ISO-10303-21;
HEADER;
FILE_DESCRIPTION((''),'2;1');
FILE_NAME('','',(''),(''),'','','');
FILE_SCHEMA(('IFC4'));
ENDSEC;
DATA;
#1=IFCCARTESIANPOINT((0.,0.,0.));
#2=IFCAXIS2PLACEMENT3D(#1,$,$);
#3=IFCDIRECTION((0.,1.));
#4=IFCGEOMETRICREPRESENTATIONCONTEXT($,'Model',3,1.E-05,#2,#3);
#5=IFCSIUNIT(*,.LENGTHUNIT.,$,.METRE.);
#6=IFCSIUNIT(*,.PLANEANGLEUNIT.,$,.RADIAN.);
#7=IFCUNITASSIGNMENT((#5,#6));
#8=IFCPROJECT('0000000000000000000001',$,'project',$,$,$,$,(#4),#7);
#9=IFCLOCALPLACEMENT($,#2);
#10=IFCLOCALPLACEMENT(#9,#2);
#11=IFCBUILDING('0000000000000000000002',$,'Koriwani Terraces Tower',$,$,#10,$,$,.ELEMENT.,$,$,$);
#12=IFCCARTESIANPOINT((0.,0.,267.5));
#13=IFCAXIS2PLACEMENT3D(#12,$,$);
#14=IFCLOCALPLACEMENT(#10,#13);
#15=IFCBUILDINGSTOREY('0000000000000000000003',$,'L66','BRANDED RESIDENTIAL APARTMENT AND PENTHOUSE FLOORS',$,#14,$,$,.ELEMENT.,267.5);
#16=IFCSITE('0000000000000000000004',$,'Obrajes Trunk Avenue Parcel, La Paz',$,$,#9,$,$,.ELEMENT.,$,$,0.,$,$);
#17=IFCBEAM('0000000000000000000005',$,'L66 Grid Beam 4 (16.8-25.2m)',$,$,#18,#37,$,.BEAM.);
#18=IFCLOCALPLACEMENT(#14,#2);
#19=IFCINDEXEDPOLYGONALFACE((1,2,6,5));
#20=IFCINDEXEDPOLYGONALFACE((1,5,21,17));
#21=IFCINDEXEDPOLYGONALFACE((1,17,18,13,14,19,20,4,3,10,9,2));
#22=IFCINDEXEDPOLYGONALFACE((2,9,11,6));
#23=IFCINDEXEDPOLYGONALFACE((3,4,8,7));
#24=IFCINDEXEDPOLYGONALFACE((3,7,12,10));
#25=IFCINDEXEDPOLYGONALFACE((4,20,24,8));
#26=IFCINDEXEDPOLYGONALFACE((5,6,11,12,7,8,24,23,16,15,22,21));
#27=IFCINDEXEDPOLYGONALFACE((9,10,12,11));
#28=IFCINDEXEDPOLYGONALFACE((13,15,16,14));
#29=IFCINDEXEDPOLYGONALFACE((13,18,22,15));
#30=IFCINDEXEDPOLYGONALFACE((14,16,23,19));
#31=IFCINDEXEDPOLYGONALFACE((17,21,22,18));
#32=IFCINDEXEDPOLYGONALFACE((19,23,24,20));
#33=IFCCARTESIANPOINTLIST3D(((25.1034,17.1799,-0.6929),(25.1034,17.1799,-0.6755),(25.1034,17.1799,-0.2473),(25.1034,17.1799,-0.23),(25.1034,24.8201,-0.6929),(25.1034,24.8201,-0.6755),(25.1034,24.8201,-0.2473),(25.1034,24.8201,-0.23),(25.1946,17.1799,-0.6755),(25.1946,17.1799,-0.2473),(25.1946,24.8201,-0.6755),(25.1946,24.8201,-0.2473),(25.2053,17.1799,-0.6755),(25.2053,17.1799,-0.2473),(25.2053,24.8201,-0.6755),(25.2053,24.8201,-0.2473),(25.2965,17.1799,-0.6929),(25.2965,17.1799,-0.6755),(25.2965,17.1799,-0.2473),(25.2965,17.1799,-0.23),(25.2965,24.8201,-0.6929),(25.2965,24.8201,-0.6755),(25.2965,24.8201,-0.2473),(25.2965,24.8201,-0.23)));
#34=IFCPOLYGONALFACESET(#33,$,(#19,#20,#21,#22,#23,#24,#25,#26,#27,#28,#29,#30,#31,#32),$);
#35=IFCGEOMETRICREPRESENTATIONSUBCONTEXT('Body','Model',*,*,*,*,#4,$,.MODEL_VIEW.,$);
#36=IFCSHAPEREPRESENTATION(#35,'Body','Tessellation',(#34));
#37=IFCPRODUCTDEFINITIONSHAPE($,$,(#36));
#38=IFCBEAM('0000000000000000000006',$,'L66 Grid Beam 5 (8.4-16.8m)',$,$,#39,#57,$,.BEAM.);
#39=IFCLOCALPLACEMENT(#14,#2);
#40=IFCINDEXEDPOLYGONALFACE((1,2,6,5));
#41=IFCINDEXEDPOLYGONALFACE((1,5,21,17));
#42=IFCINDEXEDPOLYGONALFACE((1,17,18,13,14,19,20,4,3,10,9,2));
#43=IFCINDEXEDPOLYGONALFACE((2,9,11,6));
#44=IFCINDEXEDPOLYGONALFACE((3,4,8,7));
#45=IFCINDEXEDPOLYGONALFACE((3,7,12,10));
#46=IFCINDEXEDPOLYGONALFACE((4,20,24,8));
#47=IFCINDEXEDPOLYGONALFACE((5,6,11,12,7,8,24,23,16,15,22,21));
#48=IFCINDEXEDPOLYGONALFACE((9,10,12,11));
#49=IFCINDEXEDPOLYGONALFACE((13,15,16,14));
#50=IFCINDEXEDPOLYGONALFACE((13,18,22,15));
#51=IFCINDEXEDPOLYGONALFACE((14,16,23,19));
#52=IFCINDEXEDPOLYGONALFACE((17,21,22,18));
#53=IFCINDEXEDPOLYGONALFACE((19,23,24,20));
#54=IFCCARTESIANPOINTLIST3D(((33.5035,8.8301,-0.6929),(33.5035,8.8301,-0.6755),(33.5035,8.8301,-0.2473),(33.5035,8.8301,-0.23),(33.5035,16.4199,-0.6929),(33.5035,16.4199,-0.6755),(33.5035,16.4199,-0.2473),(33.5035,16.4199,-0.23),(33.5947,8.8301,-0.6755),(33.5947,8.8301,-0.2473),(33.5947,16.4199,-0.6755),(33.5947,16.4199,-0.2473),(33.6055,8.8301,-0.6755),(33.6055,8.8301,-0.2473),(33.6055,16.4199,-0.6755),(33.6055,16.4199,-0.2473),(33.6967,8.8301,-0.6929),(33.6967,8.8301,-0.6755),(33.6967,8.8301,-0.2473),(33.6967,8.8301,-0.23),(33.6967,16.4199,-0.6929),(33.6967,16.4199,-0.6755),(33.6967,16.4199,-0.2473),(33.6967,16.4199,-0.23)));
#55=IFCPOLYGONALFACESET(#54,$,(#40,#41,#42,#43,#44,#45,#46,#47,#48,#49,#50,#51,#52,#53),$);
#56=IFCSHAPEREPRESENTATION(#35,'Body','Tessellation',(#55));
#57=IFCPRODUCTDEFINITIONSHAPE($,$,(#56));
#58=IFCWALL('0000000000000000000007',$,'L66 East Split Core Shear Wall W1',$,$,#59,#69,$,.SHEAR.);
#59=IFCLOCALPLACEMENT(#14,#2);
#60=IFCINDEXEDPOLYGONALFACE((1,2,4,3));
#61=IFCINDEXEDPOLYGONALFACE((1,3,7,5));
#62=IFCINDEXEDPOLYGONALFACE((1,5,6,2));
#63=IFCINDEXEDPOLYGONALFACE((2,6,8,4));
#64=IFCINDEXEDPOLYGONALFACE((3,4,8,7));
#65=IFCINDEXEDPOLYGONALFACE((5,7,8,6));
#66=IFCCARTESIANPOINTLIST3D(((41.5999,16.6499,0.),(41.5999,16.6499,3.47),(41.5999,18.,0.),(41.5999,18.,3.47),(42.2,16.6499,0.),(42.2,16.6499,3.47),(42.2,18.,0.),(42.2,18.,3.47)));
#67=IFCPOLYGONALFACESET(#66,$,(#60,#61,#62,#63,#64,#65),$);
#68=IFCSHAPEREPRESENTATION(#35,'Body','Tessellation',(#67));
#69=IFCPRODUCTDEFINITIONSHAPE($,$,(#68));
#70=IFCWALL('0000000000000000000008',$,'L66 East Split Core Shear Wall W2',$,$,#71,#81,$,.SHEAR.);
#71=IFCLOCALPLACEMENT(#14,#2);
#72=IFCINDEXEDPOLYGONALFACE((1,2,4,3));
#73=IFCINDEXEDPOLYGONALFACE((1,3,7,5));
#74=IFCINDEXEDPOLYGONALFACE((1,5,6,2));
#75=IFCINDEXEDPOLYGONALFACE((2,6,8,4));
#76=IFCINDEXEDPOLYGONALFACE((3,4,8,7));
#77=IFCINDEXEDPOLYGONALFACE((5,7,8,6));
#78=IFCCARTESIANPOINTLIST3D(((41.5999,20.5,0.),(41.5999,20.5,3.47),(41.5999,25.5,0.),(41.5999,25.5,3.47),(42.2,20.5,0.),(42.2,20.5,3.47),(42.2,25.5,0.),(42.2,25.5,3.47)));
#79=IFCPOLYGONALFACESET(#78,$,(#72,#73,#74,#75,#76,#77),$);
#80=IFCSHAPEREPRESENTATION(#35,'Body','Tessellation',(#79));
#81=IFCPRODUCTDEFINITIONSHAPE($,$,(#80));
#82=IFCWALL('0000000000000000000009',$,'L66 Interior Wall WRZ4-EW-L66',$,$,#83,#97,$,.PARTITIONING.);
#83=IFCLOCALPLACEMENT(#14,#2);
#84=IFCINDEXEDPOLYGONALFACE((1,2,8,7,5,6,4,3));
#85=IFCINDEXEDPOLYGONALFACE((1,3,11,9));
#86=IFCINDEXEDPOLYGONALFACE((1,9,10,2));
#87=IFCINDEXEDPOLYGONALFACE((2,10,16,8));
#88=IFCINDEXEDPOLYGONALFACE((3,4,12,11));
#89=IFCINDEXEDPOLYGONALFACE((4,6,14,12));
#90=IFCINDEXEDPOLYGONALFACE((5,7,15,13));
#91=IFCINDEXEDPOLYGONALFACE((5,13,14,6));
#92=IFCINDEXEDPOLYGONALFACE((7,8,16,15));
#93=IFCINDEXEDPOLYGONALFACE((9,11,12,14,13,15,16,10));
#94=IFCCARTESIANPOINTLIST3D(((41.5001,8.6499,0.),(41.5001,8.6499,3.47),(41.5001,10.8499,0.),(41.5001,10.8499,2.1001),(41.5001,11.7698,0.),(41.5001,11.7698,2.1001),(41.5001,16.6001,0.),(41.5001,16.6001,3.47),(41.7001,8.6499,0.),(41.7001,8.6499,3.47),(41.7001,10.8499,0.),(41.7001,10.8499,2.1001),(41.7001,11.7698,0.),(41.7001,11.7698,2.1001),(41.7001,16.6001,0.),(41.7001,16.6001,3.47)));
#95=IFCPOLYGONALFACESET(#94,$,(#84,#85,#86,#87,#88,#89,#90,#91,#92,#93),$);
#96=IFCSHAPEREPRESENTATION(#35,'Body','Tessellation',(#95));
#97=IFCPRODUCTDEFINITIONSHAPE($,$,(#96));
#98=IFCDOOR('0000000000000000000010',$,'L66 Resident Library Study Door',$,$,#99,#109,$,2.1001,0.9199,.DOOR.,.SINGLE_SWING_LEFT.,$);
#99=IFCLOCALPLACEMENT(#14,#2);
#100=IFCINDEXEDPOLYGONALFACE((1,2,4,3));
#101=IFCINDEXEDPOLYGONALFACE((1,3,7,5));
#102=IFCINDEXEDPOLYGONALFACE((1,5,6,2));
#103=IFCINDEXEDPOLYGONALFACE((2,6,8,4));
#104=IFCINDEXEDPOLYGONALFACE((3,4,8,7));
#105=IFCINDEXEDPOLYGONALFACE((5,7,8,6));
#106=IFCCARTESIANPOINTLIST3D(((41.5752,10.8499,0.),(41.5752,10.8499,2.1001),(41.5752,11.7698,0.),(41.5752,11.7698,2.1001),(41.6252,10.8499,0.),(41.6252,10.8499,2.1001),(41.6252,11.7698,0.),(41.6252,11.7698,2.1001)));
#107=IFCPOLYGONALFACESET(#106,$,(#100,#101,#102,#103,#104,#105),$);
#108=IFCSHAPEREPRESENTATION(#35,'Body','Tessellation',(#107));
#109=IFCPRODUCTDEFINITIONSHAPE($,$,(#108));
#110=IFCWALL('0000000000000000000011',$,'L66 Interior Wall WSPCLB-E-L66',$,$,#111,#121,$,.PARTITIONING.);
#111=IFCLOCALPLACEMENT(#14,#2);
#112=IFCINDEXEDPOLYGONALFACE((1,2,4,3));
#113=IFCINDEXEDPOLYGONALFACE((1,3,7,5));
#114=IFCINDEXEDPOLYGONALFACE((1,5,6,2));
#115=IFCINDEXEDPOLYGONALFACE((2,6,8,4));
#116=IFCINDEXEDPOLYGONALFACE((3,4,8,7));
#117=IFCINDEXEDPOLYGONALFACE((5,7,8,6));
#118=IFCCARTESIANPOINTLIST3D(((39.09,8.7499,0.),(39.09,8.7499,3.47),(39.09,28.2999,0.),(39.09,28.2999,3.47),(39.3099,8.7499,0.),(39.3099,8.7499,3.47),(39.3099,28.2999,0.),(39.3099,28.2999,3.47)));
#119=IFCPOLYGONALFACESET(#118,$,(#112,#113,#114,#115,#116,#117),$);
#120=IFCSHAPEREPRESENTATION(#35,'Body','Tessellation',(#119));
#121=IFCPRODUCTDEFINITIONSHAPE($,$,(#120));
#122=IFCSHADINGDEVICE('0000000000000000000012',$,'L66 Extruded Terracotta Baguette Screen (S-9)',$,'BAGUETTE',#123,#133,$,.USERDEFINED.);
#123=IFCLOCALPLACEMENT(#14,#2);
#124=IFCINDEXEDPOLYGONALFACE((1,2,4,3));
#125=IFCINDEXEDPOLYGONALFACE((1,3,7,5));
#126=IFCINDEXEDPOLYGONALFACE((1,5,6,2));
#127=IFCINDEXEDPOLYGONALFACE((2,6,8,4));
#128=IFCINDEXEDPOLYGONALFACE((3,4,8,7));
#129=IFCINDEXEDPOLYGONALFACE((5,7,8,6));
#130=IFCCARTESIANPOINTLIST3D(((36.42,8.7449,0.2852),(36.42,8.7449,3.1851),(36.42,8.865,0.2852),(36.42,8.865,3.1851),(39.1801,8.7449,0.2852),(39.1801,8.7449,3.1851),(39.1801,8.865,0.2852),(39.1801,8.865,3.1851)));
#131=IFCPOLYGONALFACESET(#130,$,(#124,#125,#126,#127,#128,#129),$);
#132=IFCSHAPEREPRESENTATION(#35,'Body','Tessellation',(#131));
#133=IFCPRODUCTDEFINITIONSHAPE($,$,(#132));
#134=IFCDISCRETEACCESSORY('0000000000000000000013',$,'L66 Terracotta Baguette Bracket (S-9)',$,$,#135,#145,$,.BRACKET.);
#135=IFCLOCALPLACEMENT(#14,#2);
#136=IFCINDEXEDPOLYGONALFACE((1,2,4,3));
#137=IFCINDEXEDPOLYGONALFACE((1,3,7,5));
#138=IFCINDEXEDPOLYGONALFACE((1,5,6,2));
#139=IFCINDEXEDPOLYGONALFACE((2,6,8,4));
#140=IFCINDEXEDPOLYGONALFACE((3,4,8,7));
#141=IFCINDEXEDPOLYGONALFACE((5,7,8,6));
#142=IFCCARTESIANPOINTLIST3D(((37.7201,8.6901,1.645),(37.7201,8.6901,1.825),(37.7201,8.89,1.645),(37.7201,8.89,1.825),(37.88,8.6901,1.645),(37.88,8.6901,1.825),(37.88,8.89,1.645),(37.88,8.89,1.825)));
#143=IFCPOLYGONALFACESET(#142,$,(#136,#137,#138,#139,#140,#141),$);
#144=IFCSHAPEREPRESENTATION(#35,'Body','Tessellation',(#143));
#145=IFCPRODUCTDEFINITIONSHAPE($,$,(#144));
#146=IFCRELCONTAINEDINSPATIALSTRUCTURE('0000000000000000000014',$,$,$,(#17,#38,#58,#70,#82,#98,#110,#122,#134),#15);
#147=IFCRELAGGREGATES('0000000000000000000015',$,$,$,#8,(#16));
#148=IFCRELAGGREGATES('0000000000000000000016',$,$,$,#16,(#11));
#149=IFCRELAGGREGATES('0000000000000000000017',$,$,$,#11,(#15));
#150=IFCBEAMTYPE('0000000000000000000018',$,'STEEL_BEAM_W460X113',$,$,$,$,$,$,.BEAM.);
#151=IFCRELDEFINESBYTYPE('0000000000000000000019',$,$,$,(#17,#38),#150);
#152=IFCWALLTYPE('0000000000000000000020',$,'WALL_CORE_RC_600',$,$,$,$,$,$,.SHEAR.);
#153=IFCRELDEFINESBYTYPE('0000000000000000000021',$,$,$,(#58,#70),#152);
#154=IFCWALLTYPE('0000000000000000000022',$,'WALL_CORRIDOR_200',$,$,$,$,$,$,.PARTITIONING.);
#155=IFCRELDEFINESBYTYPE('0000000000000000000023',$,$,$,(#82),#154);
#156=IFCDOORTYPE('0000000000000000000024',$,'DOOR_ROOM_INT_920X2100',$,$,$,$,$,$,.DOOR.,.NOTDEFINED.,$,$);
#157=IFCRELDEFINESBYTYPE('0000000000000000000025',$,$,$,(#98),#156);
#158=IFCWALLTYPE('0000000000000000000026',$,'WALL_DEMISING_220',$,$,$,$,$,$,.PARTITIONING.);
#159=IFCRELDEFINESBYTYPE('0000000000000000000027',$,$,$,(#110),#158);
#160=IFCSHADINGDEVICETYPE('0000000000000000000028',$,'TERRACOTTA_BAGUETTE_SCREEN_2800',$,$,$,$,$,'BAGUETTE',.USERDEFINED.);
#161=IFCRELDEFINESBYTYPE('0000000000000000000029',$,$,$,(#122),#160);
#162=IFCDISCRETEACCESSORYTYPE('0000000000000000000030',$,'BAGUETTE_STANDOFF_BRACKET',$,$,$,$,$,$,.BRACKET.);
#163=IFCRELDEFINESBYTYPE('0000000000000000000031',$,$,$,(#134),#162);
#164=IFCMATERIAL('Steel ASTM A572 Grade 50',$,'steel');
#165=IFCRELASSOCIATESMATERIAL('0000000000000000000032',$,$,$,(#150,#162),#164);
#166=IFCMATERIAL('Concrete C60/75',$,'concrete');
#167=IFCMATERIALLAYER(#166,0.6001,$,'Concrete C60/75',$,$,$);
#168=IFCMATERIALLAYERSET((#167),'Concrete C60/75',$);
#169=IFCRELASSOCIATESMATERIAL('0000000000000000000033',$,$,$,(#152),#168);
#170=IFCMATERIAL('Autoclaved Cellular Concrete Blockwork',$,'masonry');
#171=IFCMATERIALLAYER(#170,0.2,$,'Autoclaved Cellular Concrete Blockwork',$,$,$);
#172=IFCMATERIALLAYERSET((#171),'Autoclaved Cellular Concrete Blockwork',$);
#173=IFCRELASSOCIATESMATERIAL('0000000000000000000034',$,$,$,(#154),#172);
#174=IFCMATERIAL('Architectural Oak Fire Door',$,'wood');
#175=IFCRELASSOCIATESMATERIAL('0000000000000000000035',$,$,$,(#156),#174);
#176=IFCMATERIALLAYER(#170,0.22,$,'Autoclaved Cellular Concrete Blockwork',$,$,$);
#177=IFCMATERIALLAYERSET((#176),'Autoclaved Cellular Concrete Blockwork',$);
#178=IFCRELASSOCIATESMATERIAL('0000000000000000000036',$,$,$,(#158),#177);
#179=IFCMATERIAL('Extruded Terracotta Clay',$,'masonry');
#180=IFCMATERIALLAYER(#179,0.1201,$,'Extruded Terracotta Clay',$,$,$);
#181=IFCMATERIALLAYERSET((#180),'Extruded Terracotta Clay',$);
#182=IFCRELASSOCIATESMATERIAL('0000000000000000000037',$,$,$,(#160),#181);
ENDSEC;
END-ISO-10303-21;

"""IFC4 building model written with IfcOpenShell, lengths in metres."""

from ifc_helpers import new_model, si_unit, direction, frame, frame_2d, origin, origin_2d, place, context, subcontext, project, spatial, rectangle, i_section, extrude, material, layer, layer_set, material_profile, profile_set, type_object, element, fill, save


model = new_model("IFC4")

# Units and contexts
model_context = context("Model", 3, precision=1e-05, world=origin(), true_north=direction((0.0, 1.0)))
body_context = subcontext(model_context, "Body", "Model", "MODEL_VIEW")
ifc_project = project(units=[si_unit("LENGTHUNIT", "METRE"), si_unit("PLANEANGLEUNIT", "RADIAN")], contexts=[model_context])

# Site, building, storey
site_placement = place(None, origin())
site = spatial("IfcSite", under=ifc_project, at=site_placement, Name="Obrajes Trunk Avenue Parcel, La Paz", CompositionType="ELEMENT", RefElevation=0.0)
building_placement = place(site_placement, origin())
building = spatial("IfcBuilding", under=site, at=building_placement, Name="Koriwani Terraces Tower", CompositionType="ELEMENT")
storey_placement = place(building_placement, frame((0.0, 0.0, 267.5)))
storey = spatial("IfcBuildingStorey", under=building, at=storey_placement, Name="L66", Description="BRANDED RESIDENTIAL APARTMENT AND PENTHOUSE FLOORS", CompositionType="ELEMENT", Elevation=267.5)

# Beams
ifc_material_1 = material(Name="Steel ASTM A572 Grade 50", Category="steel")
ifc_material_profile_1 = material_profile(ifc_material_1, i_section(OverallWidth=0.1931, OverallDepth=0.4629, WebThickness=0.0107, FlangeThickness=0.0173, at=origin_2d()), Name="Steel ASTM A572 Grade 50", Category="LoadBearing")
ifc_profile_set_1 = profile_set([ifc_material_profile_1], Name="Steel ASTM A572 Grade 50")
beam_type_1 = type_object("IfcBeamType", Name="STEEL_BEAM_W460X113", PredefinedType="BEAM", material=ifc_profile_set_1)
beam_1_placement = place(storey_placement, frame((25.2, 17.1799, -0.4614), z_axis=(0.0, 1.0, 0.0), x_axis=(-1.0, 0.0, 0.0)))
element("IfcBeam", 1, at=beam_1_placement, inside=storey, type_object=beam_type_1, Name="L66 Grid Beam 4 (16.8-25.2m)", PredefinedType="BEAM", context=body_context, shape_type="SweptSolid", body=[
    extrude(i_section(OverallWidth=0.1931, OverallDepth=0.4629, WebThickness=0.0107, FlangeThickness=0.0173, at=origin_2d()), origin(), (0.0, 0.0, 1.0), 7.6401),
])
beam_2_placement = place(storey_placement, frame((33.6001, 8.8301, -0.4614), z_axis=(0.0, 1.0, 0.0), x_axis=(-1.0, 0.0, 0.0)))
element("IfcBeam", 2, at=beam_2_placement, inside=storey, type_object=beam_type_1, Name="L66 Grid Beam 5 (8.4-16.8m)", PredefinedType="BEAM", context=body_context, shape_type="SweptSolid", body=[
    extrude(i_section(OverallWidth=0.1931, OverallDepth=0.4629, WebThickness=0.0107, FlangeThickness=0.0173, at=origin_2d()), origin(), (0.0, 0.0, 1.0), 7.5898),
])

# Walls
ifc_material_2 = material(Name="Concrete C60/75", Category="concrete")
ifc_layer_1 = layer(ifc_material_2, 0.6001, Name="Concrete C60/75")
ifc_layer_set_1 = layer_set([ifc_layer_1], Name="Concrete C60/75")
wall_type_1 = type_object("IfcWallType", Name="WALL_CORE_RC_600", PredefinedType="SHEAR", material=ifc_layer_set_1)
wall_1_placement = place(storey_placement, frame((41.8999, 16.6499, 0.0), z_axis=(0.0, 0.0, 1.0), x_axis=(0.0, 1.0, 0.0)))
element("IfcWall", 3, at=wall_1_placement, inside=storey, type_object=wall_type_1, Name="L66 East Split Core Shear Wall W1", PredefinedType="SHEAR", context=body_context, shape_type="SweptSolid", body=[
    extrude(rectangle(XDim=1.3501, YDim=0.6001, at=frame_2d((0.675, 0.0))), origin(), (0.0, 0.0, 1.0), 3.47),
])
wall_2_placement = place(storey_placement, frame((41.8999, 20.5, 0.0), z_axis=(0.0, 0.0, 1.0), x_axis=(0.0, 1.0, 0.0)))
element("IfcWall", 4, at=wall_2_placement, inside=storey, type_object=wall_type_1, Name="L66 East Split Core Shear Wall W2", PredefinedType="SHEAR", context=body_context, shape_type="SweptSolid", body=[
    extrude(rectangle(XDim=5.0, YDim=0.6001, at=frame_2d((2.5, 0.0))), origin(), (0.0, 0.0, 1.0), 3.47),
])

# Wall, opening, door
ifc_material_3 = material(Name="Autoclaved Cellular Concrete Blockwork", Category="masonry")
ifc_layer_2 = layer(ifc_material_3, 0.2, Name="Autoclaved Cellular Concrete Blockwork")
ifc_layer_set_2 = layer_set([ifc_layer_2], Name="Autoclaved Cellular Concrete Blockwork")
wall_type_2 = type_object("IfcWallType", Name="WALL_CORRIDOR_200", PredefinedType="PARTITIONING", material=ifc_layer_set_2)
wall_3_placement = place(storey_placement, frame((41.6001, 8.6499, 0.0), z_axis=(0.0, 0.0, 1.0), x_axis=(0.0, 1.0, 0.0)))
wall_3 = element("IfcWall", 5, at=wall_3_placement, inside=storey, type_object=wall_type_2, Name="L66 Interior Wall WRZ4-EW-L66", PredefinedType="PARTITIONING", context=body_context, shape_type="SweptSolid", body=[
    extrude(rectangle(XDim=7.9502, YDim=0.2, at=frame_2d((3.9751, 0.0))), origin(), (0.0, 0.0, 1.0), 3.47),
])
opening_placement = place(wall_3_placement, frame((2.2, 0.0, 0.0)))
opening = element("IfcOpeningElement", 6, at=opening_placement, cuts=wall_3, PredefinedType="OPENING", context=body_context, shape_type="SweptSolid", body=[
    extrude(rectangle(XDim=0.9199, YDim=2.1001, at=frame_2d((0.46, 1.05))), frame((0.0, 0.1099, 0.0), z_axis=(0.0, -1.0, 0.0), x_axis=(1.0, 0.0, 0.0)), (0.0, 0.0, 1.0), 0.22),
])
ifc_material_4 = material(Name="Architectural Oak Fire Door", Category="wood")
door_type = type_object("IfcDoorType", Name="DOOR_ROOM_INT_920X2100", OperationType="NOTDEFINED", PredefinedType="DOOR", material=ifc_material_4)
door_placement = place(opening_placement, origin())
door = element("IfcDoor", 7, at=door_placement, inside=storey, type_object=door_type, Name="L66 Resident Library Study Door", OperationType="SINGLE_SWING_LEFT", OverallHeight=2.1001, OverallWidth=0.9199, PredefinedType="DOOR", context=body_context, shape_type="SweptSolid", body=[
    extrude(rectangle(XDim=0.9199, YDim=2.1001, at=frame_2d((0.46, 1.05))), frame((0.0, 0.0249, 0.0), z_axis=(0.0, -1.0, 0.0), x_axis=(1.0, 0.0, 0.0)), (0.0, 0.0, 1.0), 0.05),
])
fill(opening, door)

# Wall
ifc_layer_3 = layer(ifc_material_3, 0.22, Name="Autoclaved Cellular Concrete Blockwork")
ifc_layer_set_3 = layer_set([ifc_layer_3], Name="Autoclaved Cellular Concrete Blockwork")
wall_type_3 = type_object("IfcWallType", Name="WALL_DEMISING_220", PredefinedType="PARTITIONING", material=ifc_layer_set_3)
wall_4_placement = place(storey_placement, frame((39.2, 8.75, 0.0), z_axis=(0.0, 0.0, 1.0), x_axis=(0.0, 1.0, 0.0)))
element("IfcWall", 8, at=wall_4_placement, inside=storey, type_object=wall_type_3, Name="L66 Interior Wall WSPCLB-E-L66", PredefinedType="PARTITIONING", context=body_context, shape_type="SweptSolid", body=[
    extrude(rectangle(XDim=19.55, YDim=0.22, at=frame_2d((9.7749, 0.0))), origin(), (0.0, 0.0, 1.0), 3.47),
])

# Shading device
ifc_material_5 = material(Name="Extruded Terracotta Clay", Category="masonry")
ifc_layer_4 = layer(ifc_material_5, 0.1201, Name="Extruded Terracotta Clay")
ifc_layer_set_4 = layer_set([ifc_layer_4], Name="Extruded Terracotta Clay")
shading_device_type = type_object("IfcShadingDeviceType", Name="TERRACOTTA_BAGUETTE_SCREEN_2800", ElementType="BAGUETTE", PredefinedType="USERDEFINED", material=ifc_layer_set_4)
shading_device_placement = place(storey_placement, frame((37.8, 8.8049, 0.2852), z_axis=(0.0, 0.0, 1.0), x_axis=(-1.0, 0.0, 0.0)))
element("IfcShadingDevice", 9, at=shading_device_placement, inside=storey, type_object=shading_device_type, Name="L66 Extruded Terracotta Baguette Screen (S-9)", ObjectType="BAGUETTE", PredefinedType="USERDEFINED", context=body_context, shape_type="SweptSolid", body=[
    extrude(rectangle(XDim=2.76, YDim=0.1201, at=origin_2d()), origin(), (0.0, 0.0, 1.0), 2.8999),
])

# Discrete accessory
discrete_accessory_type = type_object("IfcDiscreteAccessoryType", Name="BAGUETTE_STANDOFF_BRACKET", PredefinedType="BRACKET", material=ifc_material_1)
discrete_accessory_placement = place(storey_placement, frame((37.8, 8.79, 1.645), z_axis=(0.0, 0.0, 1.0), x_axis=(-1.0, 0.0, 0.0)))
element("IfcDiscreteAccessory", 10, at=discrete_accessory_placement, inside=storey, type_object=discrete_accessory_type, Name="L66 Terracotta Baguette Bracket (S-9)", PredefinedType="BRACKET", context=body_context, shape_type="SweptSolid", body=[
    extrude(rectangle(XDim=0.1599, YDim=0.2, at=origin_2d()), origin(), (0.0, 0.0, 1.0), 0.1799),
])

save(model, "model.ifc")
